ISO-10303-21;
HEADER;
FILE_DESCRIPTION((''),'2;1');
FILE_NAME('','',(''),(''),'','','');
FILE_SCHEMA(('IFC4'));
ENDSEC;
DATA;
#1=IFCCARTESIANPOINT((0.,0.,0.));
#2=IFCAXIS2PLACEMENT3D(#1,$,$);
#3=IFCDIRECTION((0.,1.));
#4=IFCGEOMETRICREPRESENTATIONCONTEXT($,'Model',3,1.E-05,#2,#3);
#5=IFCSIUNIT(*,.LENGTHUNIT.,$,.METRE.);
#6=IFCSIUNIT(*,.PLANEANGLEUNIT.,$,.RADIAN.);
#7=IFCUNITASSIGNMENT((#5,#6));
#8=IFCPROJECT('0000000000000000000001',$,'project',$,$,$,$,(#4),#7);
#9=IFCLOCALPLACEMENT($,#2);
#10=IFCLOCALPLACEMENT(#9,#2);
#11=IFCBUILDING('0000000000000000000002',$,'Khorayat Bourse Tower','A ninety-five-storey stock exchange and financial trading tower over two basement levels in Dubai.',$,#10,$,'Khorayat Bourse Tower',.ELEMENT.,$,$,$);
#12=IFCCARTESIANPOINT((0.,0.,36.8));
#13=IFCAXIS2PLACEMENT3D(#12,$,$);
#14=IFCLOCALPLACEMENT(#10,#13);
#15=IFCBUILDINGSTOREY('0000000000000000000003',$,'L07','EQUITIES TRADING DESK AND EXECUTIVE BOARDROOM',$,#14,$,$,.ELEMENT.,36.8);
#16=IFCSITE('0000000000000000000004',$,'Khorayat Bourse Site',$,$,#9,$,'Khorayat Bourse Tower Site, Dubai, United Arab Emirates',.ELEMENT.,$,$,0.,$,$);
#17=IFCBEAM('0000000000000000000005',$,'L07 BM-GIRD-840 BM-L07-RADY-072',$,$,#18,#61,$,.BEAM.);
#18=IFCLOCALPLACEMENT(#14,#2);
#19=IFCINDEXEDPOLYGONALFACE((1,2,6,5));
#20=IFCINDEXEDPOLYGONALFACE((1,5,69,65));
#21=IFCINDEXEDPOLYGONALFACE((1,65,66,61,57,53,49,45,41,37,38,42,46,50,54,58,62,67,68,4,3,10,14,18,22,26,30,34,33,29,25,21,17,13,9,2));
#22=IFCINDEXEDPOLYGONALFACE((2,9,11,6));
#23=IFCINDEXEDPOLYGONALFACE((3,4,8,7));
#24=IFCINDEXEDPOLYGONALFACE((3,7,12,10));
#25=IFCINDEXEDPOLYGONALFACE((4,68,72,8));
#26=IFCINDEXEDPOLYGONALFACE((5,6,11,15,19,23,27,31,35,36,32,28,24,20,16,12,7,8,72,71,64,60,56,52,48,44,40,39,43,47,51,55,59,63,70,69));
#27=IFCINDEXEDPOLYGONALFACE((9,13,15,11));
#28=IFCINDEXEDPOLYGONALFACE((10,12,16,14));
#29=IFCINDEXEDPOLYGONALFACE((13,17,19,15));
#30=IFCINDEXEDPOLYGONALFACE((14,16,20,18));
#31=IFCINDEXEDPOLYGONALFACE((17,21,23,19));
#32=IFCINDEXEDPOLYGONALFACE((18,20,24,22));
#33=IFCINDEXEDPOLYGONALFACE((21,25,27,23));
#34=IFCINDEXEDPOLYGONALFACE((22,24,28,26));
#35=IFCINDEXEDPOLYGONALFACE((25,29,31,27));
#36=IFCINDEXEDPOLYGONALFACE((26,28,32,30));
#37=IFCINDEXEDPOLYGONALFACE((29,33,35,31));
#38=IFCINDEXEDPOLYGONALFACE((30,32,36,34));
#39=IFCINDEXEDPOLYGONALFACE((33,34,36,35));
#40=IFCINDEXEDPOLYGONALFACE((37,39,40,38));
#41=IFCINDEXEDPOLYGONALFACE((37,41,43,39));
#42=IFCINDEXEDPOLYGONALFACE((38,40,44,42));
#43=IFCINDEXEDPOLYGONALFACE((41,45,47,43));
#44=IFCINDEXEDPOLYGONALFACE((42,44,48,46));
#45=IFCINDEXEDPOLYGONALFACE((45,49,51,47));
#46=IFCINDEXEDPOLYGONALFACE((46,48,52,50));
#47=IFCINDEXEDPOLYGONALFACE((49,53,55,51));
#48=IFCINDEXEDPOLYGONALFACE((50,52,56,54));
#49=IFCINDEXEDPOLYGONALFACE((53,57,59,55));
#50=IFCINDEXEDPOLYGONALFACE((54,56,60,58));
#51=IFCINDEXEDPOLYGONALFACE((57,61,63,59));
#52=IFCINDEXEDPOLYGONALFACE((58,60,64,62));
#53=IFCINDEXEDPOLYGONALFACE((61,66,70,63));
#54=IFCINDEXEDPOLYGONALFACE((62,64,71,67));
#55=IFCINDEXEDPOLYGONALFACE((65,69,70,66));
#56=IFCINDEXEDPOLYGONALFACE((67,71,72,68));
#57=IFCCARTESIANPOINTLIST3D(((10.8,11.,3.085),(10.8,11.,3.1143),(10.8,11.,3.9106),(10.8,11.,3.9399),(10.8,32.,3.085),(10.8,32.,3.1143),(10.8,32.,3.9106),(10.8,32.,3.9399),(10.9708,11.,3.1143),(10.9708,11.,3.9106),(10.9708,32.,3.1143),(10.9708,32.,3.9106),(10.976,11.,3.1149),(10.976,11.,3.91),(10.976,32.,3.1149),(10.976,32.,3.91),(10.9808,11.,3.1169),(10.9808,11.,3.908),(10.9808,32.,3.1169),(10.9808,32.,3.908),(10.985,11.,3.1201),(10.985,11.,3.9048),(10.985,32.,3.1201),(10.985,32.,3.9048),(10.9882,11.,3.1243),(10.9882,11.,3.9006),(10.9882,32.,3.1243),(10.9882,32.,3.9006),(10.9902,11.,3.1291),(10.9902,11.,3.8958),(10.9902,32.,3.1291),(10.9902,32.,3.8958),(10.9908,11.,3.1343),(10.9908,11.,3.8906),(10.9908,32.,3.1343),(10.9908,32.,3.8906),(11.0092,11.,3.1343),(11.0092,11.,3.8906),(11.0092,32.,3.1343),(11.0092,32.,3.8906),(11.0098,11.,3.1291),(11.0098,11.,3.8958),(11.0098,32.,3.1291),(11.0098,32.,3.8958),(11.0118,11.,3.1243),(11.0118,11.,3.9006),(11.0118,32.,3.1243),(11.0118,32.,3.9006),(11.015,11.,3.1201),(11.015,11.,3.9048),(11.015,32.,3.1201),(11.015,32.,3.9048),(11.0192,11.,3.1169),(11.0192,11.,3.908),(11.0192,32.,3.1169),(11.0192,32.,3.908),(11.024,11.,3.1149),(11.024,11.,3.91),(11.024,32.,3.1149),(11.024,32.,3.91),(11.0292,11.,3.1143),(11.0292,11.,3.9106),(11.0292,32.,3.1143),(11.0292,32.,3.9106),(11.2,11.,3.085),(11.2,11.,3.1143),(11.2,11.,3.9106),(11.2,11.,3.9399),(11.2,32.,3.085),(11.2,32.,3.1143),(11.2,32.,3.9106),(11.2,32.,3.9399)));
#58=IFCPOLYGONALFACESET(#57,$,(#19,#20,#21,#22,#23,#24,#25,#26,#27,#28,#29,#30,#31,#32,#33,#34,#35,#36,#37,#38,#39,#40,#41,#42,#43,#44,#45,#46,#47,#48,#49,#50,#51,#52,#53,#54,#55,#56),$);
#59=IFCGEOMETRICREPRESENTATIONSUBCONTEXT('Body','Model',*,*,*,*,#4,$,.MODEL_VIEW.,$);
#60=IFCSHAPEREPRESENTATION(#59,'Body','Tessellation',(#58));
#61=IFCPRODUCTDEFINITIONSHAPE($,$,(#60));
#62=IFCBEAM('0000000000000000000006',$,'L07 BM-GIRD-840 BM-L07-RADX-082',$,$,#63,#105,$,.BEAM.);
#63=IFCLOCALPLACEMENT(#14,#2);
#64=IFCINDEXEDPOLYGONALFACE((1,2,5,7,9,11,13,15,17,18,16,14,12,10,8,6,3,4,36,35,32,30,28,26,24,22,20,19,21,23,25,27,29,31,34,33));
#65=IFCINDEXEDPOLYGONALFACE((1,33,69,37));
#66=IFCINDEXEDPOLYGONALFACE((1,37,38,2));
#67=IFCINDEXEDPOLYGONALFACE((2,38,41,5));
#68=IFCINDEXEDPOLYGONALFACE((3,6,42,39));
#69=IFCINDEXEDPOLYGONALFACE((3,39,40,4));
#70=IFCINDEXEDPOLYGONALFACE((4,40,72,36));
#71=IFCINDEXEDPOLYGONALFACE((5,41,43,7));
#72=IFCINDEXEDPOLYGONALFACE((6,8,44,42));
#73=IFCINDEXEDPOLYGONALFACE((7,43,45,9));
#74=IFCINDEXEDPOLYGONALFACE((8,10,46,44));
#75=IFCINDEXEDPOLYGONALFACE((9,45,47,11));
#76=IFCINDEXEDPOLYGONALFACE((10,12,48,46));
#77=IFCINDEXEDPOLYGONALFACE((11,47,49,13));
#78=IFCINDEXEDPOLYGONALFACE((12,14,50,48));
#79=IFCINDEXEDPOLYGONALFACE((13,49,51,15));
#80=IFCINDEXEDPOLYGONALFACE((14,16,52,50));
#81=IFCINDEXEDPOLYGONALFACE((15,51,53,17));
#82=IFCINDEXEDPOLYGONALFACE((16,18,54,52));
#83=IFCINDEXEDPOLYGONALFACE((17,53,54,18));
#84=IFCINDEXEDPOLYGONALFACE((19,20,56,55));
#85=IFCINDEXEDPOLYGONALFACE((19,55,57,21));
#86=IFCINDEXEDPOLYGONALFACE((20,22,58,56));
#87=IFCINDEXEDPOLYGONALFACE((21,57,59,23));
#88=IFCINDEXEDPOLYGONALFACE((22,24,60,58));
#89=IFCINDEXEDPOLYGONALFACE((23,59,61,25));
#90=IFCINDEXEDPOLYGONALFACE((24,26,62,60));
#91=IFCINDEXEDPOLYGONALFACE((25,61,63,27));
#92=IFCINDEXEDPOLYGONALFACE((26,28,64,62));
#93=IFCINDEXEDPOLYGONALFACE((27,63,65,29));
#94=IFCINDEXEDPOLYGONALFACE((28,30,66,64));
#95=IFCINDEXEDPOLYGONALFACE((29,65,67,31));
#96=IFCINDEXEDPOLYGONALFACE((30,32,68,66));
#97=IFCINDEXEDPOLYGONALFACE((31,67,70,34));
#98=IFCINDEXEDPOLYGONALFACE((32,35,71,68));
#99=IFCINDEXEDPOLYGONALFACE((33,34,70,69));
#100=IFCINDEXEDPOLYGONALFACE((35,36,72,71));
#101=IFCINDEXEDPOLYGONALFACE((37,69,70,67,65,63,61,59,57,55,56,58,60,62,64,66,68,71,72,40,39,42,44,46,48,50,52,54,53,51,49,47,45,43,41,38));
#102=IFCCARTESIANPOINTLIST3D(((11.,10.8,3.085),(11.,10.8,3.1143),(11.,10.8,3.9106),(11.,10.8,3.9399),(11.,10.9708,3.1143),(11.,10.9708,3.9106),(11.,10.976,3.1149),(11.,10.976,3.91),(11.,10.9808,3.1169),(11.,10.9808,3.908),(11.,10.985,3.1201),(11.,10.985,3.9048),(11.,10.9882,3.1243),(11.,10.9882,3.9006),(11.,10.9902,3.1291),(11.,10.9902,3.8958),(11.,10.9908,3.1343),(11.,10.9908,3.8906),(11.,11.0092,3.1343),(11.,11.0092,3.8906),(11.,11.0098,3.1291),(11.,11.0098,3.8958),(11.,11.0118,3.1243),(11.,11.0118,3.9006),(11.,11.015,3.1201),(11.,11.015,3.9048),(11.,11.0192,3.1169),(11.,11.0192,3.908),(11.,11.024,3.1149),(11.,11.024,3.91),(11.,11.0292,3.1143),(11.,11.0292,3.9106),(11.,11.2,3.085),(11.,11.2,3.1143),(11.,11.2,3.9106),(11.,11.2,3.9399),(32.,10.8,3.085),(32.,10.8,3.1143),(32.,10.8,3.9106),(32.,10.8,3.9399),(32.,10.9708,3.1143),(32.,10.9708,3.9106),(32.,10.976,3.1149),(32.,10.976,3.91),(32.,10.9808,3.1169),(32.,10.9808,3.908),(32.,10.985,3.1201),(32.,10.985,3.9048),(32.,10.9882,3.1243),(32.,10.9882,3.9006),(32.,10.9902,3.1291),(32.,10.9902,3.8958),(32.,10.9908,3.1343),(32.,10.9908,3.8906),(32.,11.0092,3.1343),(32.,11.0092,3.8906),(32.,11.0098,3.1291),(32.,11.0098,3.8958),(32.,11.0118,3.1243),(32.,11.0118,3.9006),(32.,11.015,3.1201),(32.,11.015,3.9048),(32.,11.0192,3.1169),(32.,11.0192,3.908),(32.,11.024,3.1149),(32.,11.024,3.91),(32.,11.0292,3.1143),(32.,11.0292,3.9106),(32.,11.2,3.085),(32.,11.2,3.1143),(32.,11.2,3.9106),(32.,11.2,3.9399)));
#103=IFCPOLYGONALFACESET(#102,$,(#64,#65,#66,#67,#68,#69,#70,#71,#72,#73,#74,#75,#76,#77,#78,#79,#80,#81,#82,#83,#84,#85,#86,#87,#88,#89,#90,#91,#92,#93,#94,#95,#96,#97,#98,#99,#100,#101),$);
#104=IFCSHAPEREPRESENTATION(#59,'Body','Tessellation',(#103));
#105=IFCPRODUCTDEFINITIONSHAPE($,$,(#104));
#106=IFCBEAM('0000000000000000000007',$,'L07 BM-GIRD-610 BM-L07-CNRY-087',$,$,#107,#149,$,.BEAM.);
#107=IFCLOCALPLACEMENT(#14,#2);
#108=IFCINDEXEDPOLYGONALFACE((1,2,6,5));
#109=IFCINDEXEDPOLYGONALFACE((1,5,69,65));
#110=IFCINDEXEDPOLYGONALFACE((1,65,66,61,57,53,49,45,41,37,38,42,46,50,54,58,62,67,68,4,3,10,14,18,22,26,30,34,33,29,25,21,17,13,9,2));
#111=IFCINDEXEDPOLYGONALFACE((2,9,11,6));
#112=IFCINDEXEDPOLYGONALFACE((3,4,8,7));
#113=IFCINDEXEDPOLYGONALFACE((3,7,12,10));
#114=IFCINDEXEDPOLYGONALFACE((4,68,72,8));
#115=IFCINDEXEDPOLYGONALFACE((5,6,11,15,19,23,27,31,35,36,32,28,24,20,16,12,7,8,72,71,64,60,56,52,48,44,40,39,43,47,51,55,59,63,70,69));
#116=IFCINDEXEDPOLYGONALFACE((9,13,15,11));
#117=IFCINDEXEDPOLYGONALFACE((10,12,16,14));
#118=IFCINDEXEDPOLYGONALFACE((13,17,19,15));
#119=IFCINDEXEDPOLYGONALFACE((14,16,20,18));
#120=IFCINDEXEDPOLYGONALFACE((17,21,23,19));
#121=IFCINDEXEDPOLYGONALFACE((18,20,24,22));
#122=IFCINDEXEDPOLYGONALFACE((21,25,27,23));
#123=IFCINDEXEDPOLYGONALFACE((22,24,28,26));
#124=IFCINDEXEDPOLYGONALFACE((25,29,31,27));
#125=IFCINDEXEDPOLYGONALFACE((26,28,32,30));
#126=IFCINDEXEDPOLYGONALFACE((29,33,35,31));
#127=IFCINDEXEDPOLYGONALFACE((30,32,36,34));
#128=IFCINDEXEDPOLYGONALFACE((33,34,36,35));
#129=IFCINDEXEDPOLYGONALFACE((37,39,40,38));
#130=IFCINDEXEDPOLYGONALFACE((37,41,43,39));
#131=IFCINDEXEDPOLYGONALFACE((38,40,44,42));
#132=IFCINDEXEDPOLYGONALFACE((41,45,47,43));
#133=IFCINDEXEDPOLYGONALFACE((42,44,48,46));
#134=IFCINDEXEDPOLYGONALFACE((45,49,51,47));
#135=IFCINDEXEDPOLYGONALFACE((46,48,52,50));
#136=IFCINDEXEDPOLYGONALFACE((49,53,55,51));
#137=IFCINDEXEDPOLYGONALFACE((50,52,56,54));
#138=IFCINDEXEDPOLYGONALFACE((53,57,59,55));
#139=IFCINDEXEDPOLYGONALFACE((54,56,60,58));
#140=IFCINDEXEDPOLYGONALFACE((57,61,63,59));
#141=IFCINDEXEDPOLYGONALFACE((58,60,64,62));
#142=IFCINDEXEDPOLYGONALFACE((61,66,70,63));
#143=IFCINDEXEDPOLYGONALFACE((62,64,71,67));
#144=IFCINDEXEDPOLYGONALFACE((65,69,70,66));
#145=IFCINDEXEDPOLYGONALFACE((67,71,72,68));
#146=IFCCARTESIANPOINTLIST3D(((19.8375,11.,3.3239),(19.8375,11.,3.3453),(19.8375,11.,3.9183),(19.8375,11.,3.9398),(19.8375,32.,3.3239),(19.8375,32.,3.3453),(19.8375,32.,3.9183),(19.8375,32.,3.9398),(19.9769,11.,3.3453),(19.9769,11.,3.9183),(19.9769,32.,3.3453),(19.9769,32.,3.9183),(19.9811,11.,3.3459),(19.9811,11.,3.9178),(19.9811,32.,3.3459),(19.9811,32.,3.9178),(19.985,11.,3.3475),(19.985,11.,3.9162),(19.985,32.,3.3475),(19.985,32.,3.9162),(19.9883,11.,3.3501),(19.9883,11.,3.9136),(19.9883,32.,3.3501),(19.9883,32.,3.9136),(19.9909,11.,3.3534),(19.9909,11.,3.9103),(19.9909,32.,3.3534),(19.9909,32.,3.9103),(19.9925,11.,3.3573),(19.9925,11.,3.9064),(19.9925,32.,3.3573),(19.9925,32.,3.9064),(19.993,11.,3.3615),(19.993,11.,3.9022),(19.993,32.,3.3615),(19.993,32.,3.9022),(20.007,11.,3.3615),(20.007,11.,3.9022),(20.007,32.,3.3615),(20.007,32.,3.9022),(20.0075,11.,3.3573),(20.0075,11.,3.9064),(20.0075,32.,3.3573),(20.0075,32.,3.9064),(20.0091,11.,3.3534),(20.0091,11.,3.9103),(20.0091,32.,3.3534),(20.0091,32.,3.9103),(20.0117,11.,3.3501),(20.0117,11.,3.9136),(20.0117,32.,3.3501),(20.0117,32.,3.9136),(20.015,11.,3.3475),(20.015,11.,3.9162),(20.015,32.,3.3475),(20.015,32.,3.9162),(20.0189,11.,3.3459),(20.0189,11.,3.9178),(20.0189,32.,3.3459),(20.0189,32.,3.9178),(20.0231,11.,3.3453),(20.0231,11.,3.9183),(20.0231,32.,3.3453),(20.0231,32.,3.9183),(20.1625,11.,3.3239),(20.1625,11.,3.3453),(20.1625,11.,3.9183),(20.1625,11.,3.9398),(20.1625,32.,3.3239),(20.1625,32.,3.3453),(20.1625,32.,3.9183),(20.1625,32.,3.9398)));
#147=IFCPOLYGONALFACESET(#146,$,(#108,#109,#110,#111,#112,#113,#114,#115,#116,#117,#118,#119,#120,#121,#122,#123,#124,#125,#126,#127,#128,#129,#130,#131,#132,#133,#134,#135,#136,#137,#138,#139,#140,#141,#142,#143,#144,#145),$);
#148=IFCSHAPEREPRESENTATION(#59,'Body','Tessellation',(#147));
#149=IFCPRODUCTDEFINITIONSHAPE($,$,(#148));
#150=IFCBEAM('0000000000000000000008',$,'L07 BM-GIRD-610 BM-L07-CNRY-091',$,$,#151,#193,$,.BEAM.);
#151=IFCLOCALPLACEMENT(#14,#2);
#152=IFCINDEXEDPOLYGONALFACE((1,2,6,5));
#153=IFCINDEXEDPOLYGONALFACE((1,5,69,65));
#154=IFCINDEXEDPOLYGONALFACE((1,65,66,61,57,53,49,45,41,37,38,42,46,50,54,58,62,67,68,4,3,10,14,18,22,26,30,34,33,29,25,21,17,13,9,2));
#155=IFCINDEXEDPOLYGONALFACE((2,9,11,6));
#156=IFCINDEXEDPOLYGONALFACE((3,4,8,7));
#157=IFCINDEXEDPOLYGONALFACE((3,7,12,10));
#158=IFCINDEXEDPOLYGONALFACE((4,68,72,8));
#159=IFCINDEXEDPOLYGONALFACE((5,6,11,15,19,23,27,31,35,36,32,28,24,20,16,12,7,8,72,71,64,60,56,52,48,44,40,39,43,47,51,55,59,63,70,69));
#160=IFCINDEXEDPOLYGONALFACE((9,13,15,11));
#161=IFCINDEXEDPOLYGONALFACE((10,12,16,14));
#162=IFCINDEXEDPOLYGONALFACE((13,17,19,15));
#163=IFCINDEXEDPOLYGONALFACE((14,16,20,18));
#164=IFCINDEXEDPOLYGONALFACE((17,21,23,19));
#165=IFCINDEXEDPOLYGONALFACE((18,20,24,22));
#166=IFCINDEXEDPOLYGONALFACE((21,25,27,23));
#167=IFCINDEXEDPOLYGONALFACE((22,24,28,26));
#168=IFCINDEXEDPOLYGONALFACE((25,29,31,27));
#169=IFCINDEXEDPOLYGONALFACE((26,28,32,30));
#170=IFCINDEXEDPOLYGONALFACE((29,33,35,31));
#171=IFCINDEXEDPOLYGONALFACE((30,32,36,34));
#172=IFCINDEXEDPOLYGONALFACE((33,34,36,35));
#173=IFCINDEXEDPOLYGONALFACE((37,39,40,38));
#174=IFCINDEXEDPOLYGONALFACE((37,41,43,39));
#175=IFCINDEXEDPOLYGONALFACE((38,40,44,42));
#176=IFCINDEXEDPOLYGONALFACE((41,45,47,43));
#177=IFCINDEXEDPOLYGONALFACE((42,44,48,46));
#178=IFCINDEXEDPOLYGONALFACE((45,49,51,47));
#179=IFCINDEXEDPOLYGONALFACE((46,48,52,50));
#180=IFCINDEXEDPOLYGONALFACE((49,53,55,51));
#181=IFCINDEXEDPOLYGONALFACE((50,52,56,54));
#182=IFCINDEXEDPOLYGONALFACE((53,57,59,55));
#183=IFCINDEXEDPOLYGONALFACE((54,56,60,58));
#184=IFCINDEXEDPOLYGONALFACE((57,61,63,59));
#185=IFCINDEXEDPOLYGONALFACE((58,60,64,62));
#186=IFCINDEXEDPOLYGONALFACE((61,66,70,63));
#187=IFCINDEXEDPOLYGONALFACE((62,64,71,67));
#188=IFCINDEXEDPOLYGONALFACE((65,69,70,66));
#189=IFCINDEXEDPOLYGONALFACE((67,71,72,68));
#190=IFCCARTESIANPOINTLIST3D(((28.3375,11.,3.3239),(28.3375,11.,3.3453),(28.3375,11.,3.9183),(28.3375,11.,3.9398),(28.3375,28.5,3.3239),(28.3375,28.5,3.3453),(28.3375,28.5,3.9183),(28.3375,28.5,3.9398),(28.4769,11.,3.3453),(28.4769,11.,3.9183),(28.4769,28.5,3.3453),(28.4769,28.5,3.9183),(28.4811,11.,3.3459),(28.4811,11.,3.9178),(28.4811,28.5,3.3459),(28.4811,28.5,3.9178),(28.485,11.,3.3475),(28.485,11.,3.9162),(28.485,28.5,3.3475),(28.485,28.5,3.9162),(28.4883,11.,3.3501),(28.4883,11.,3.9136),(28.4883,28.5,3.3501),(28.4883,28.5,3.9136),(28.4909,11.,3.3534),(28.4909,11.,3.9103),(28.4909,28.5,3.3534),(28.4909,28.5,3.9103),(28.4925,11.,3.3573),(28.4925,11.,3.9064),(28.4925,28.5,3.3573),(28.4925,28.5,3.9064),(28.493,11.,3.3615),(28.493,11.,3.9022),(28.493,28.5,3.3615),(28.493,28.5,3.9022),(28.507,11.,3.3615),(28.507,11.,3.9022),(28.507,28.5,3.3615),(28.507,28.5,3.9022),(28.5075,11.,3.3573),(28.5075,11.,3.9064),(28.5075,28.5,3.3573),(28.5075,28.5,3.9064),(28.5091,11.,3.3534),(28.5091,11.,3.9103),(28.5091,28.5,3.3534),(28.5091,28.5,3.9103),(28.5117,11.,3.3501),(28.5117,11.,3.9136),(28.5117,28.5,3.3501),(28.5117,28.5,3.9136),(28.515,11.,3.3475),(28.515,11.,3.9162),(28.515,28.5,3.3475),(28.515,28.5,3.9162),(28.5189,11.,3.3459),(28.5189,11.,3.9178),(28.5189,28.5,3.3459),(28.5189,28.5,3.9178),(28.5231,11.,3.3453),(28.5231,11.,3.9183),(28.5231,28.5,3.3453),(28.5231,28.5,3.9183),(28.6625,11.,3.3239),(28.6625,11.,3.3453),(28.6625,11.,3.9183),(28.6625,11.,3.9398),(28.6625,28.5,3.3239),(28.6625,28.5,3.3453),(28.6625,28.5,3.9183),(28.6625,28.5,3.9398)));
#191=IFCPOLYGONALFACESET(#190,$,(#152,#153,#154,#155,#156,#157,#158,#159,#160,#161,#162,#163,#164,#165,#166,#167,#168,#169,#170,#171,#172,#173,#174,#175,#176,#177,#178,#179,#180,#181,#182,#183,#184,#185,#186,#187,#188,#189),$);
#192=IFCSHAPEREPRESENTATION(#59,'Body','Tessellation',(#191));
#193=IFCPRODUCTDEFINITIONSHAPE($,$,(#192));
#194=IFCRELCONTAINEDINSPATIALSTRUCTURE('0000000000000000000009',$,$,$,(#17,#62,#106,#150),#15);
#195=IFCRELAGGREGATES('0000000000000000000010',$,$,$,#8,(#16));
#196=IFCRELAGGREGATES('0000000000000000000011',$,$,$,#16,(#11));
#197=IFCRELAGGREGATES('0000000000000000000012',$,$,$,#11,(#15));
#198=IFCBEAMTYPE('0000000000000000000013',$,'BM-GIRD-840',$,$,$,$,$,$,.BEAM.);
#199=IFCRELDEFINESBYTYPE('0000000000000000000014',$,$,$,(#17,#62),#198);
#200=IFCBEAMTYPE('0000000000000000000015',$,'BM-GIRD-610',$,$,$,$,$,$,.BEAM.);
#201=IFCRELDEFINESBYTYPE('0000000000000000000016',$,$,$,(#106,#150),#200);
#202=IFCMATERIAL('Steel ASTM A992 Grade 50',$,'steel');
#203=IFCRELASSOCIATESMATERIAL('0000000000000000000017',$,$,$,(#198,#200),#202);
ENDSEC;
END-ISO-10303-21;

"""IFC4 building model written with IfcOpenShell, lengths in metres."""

from ifc_helpers import new_model, si_unit, direction, frame, origin, origin_2d, place, context, subcontext, project, spatial, i_section, extrude, source, transform, mapped, material, material_profile, profile_set, type_object, element, save


model = new_model("IFC4")

# Units and contexts
model_context = context("Model", 3, precision=1e-05, world=origin(), true_north=direction((0.0, 1.0)))
body_context = subcontext(model_context, "Body", "Model", "MODEL_VIEW")
ifc_project = project(units=[si_unit("LENGTHUNIT", "METRE"), si_unit("PLANEANGLEUNIT", "RADIAN")], contexts=[model_context])

# Site, building, storey
site_placement = place(None, origin())
site = spatial("IfcSite", under=ifc_project, at=site_placement, Name="Khorayat Bourse Site", LongName="Khorayat Bourse Tower Site, Dubai, United Arab Emirates", CompositionType="ELEMENT", RefElevation=0.0)
building_placement = place(site_placement, origin())
building = spatial("IfcBuilding", under=site, at=building_placement, Name="Khorayat Bourse Tower", Description="A ninety-five-storey stock exchange and financial trading tower over two basement levels in Dubai.", LongName="Khorayat Bourse Tower", CompositionType="ELEMENT")
storey_placement = place(building_placement, frame((0.0, 0.0, 36.8)))
storey = spatial("IfcBuildingStorey", under=building, at=storey_placement, Name="L07", Description="EQUITIES TRADING DESK AND EXECUTIVE BOARDROOM", CompositionType="ELEMENT", Elevation=36.8)

# Beams
ifc_material_1 = material(Name="Steel ASTM A992 Grade 50", Category="steel")
ifc_material_profile_1 = material_profile(ifc_material_1, i_section(OverallWidth=0.3999, OverallDepth=0.855, WebThickness=0.0183, FlangeThickness=0.0293, FilletRadius=0.02, at=origin_2d()), Name="W840X299")
ifc_profile_set_1 = profile_set([ifc_material_profile_1], Name="Steel ASTM A992 Grade 50")
beam_type_1 = type_object("IfcBeamType", Name="BM-GIRD-840", PredefinedType="BEAM", material=ifc_profile_set_1)
shared_shape_1 = source(origin(), body_context, "Body", "SweptSolid", [
    extrude(i_section(OverallWidth=0.3999, OverallDepth=0.855, WebThickness=0.0183, FlangeThickness=0.0293, FilletRadius=0.02, at=origin_2d()), origin(), (0.0, 0.0, 1.0), 21.0),
])
for number, where, z_axis, x_axis, name in (
    (1, (11.0, 11.0, 3.5125), (0.0, 1.0, 0.0), (-1.0, 0.0, 0.0), "L07 BM-GIRD-840 BM-L07-RADY-072"),
    (2, (11.0, 11.0, 3.5125), (1.0, 0.0, 0.0), (0.0, 1.0, 0.0), "L07 BM-GIRD-840 BM-L07-RADX-082"),
):
    element("IfcBeam", number, at=place(storey_placement, frame(where, z_axis=z_axis, x_axis=x_axis)), inside=storey, type_object=beam_type_1, Name=name, PredefinedType="BEAM", context=body_context, shape_type="MappedRepresentation", body=[
        mapped(shared_shape_1, transform((0.0, 0.0, 0.0), scale=1.0)),
    ])
ifc_material_profile_2 = material_profile(ifc_material_1, i_section(OverallWidth=0.325, OverallDepth=0.616, WebThickness=0.0139, FlangeThickness=0.0215, FilletRadius=0.0161, at=origin_2d()), Name="W610X174")
ifc_profile_set_2 = profile_set([ifc_material_profile_2], Name="Steel ASTM A992 Grade 50")
beam_type_2 = type_object("IfcBeamType", Name="BM-GIRD-610", PredefinedType="BEAM", material=ifc_profile_set_2)
shared_shape_2 = source(origin(), body_context, "Body", "SweptSolid", [
    extrude(i_section(OverallWidth=0.325, OverallDepth=0.616, WebThickness=0.0139, FlangeThickness=0.0215, FilletRadius=0.0161, at=origin_2d()), origin(), (0.0, 0.0, 1.0), 21.0),
])
beam_1_placement = place(storey_placement, frame((20.0, 11.0, 3.6318), z_axis=(0.0, 1.0, 0.0), x_axis=(-1.0, 0.0, 0.0)))
element("IfcBeam", 3, at=beam_1_placement, inside=storey, type_object=beam_type_2, Name="L07 BM-GIRD-610 BM-L07-CNRY-087", PredefinedType="BEAM", context=body_context, shape_type="MappedRepresentation", body=[
    mapped(shared_shape_2, transform((0.0, 0.0, 0.0), scale=1.0)),
])
shared_shape_3 = source(origin(), body_context, "Body", "SweptSolid", [
    extrude(i_section(OverallWidth=0.325, OverallDepth=0.616, WebThickness=0.0139, FlangeThickness=0.0215, FilletRadius=0.0161, at=origin_2d()), origin(), (0.0, 0.0, 1.0), 17.5),
])
beam_2_placement = place(storey_placement, frame((28.5, 11.0, 3.6318), z_axis=(0.0, 1.0, 0.0), x_axis=(-1.0, 0.0, 0.0)))
element("IfcBeam", 4, at=beam_2_placement, inside=storey, type_object=beam_type_2, Name="L07 BM-GIRD-610 BM-L07-CNRY-091", PredefinedType="BEAM", context=body_context, shape_type="MappedRepresentation", body=[
    mapped(shared_shape_3, transform((0.0, 0.0, 0.0), scale=1.0)),
])

save(model, "model.ifc")
